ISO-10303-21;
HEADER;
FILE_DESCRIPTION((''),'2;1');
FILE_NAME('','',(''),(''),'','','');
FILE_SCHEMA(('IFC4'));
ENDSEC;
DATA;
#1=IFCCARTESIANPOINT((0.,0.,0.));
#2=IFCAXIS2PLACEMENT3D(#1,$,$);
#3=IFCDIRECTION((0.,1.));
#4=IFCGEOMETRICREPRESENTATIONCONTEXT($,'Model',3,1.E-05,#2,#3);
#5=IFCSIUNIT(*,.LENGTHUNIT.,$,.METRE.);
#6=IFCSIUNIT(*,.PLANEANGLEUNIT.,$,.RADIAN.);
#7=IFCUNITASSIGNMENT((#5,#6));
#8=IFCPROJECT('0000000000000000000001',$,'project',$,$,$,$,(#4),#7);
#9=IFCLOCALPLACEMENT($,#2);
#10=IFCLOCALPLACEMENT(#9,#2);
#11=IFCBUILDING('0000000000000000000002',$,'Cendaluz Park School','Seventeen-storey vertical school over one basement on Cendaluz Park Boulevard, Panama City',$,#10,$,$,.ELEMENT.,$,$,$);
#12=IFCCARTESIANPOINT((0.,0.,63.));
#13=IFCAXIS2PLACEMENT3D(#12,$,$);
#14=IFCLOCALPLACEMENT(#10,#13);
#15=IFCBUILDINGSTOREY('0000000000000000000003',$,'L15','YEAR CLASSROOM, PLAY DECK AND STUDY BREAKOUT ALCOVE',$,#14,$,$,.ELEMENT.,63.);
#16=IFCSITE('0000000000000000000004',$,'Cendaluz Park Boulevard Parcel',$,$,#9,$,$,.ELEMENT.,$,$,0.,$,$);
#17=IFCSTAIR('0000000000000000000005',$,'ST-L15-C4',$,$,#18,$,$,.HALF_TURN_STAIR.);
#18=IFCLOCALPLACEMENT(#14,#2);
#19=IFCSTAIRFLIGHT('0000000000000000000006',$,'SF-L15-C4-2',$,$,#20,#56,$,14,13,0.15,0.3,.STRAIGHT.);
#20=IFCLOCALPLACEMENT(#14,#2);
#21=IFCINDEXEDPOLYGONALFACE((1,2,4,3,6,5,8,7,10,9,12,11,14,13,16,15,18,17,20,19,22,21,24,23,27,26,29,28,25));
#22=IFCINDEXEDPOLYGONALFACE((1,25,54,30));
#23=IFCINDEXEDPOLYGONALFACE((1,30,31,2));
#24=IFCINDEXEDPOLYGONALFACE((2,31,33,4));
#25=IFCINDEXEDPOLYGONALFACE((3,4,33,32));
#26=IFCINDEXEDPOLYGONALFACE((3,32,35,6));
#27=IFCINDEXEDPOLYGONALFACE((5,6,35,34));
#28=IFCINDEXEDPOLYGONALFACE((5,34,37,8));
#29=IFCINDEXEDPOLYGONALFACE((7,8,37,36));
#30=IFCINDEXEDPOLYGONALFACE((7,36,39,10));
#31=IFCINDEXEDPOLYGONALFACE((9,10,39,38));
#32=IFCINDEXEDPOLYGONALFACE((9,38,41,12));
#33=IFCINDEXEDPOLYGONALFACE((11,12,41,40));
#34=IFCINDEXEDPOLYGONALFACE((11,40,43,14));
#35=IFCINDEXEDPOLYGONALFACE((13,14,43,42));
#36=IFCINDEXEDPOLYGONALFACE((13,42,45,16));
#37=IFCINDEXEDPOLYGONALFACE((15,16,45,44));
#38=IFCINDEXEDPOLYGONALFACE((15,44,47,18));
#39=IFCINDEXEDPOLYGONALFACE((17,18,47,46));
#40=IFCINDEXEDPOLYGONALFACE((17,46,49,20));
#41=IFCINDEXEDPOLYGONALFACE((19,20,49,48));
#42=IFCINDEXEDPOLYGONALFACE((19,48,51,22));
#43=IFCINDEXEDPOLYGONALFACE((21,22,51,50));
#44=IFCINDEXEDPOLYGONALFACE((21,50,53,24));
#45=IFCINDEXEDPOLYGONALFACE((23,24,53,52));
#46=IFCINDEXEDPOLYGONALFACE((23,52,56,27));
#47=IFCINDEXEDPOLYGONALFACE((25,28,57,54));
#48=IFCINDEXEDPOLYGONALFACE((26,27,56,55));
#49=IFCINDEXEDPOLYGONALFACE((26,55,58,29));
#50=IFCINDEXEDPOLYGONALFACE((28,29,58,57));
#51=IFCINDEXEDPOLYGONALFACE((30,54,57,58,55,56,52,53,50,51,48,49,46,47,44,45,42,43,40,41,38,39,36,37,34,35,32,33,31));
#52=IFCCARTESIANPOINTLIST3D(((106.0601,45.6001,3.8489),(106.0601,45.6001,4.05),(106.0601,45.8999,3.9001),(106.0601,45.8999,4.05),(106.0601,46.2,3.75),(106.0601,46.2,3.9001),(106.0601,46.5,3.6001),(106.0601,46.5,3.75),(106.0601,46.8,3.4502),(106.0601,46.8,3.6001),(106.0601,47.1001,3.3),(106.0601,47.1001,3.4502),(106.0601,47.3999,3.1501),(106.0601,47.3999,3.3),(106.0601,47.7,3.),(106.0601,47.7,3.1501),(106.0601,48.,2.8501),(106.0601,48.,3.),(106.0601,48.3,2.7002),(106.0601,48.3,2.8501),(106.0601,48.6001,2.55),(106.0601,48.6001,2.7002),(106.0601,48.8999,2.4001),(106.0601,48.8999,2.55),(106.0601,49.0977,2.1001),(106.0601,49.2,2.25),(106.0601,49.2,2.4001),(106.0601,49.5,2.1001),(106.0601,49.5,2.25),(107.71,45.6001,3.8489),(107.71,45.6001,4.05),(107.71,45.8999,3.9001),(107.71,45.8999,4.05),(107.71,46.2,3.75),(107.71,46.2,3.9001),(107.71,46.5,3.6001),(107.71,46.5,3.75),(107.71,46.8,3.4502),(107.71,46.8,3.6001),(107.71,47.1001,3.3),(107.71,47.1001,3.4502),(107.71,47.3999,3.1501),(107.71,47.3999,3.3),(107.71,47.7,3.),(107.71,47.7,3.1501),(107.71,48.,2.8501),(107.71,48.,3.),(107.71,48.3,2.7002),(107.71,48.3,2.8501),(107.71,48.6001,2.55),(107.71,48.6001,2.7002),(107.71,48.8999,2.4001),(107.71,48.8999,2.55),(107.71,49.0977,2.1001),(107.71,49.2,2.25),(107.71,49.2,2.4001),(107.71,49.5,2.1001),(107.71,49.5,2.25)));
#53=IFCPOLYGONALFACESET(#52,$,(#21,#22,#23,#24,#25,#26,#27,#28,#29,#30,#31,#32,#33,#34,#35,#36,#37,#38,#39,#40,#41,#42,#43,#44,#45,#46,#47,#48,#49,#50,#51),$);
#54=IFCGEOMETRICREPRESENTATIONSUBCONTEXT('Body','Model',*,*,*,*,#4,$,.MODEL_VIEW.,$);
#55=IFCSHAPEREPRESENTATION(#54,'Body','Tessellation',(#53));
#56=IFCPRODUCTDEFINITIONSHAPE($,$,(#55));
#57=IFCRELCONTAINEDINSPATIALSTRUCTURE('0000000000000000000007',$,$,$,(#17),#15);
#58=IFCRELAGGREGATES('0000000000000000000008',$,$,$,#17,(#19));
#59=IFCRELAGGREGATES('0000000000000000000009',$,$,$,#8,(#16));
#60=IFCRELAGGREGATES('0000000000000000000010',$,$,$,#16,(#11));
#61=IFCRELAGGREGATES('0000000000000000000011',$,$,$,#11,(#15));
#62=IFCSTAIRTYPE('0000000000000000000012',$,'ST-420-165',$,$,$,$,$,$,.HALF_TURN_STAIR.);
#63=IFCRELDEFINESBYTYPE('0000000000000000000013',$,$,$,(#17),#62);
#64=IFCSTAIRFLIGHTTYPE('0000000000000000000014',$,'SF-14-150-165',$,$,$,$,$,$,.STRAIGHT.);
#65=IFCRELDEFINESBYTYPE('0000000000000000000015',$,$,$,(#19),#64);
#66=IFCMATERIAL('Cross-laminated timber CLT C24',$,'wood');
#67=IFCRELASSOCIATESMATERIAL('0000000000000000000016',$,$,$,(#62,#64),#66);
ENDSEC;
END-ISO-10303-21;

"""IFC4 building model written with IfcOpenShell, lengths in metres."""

from ifc_helpers import new_model, si_unit, direction, frame, origin, place, context, subcontext, project, spatial, polyline, outline, extrude, material, type_object, element, aggregate, save


model = new_model("IFC4")

# Units and contexts
model_context = context("Model", 3, precision=1e-05, world=origin(), true_north=direction((0.0, 1.0)))
body_context = subcontext(model_context, "Body", "Model", "MODEL_VIEW")
ifc_project = project(units=[si_unit("LENGTHUNIT", "METRE"), si_unit("PLANEANGLEUNIT", "RADIAN")], contexts=[model_context])

# Site, building, storey
site_placement = place(None, origin())
site = spatial("IfcSite", under=ifc_project, at=site_placement, Name="Cendaluz Park Boulevard Parcel", CompositionType="ELEMENT", RefElevation=0.0)
building_placement = place(site_placement, origin())
building = spatial("IfcBuilding", under=site, at=building_placement, Name="Cendaluz Park School", Description="Seventeen-storey vertical school over one basement on Cendaluz Park Boulevard, Panama City", CompositionType="ELEMENT")
storey_placement = place(building_placement, frame((0.0, 0.0, 63.0)))
storey = spatial("IfcBuildingStorey", under=building, at=storey_placement, Name="L15", Description="YEAR CLASSROOM, PLAY DECK AND STUDY BREAKOUT ALCOVE", CompositionType="ELEMENT", Elevation=63.0)

# Stair, stair flight
ifc_material_1 = material(Name="Cross-laminated timber CLT C24", Category="wood")
stair_type = type_object("IfcStairType", Name="ST-420-165", PredefinedType="HALF_TURN_STAIR", material=ifc_material_1)
stair_placement = place(storey_placement, origin())
stair = element("IfcStair", 1, at=stair_placement, inside=storey, type_object=stair_type, Name="ST-L15-C4", PredefinedType="HALF_TURN_STAIR")
stair_flight_type = type_object("IfcStairFlightType", Name="SF-14-150-165", PredefinedType="STRAIGHT", material=ifc_material_1)
stair_flight_1_placement = place(storey_placement, frame((106.885, 49.5, 2.1001), z_axis=(0.0, 0.0, 1.0), x_axis=(0.0, -1.0, 0.0)))
stair_flight_1 = element("IfcStairFlight", 2, at=stair_flight_1_placement, type_object=stair_flight_type, Name="SF-L15-C4-2", NumberOfRisers=14, NumberOfTreads=13, PredefinedType="STRAIGHT", RiserHeight=0.15, TreadLength=0.3, context=body_context, shape_type="SweptSolid", body=[
    extrude(outline(polyline([(0.0, 0.0), (0.0, 0.1499), (0.3, 0.1499), (0.3, 0.3), (0.6001, 0.3), (0.6001, 0.45), (0.8999, 0.45), (0.8999, 0.6001), (1.2, 0.6001), (1.2, 0.75), (1.5, 0.75), (1.5, 0.8999), (1.8, 0.8999), (1.8, 1.05), (2.1001, 1.05), (2.1001, 1.2), (2.3999, 1.2), (2.3999, 1.3501), (2.7, 1.3501), (2.7, 1.5), (3.0, 1.5), (3.0, 1.6499), (3.3, 1.6499), (3.3, 1.8), (3.6001, 1.8), (3.6001, 1.95), (3.8999, 1.95), (3.8999, 2.1001), (3.8999, 1.7488), (0.4023, 0.0), (0.0, 0.0)])), frame((0.0, 0.825, 0.0), z_axis=(0.0, -1.0, 0.0), x_axis=(1.0, 0.0, 0.0)), (0.0, 0.0, 1.0), 1.6499),
])
aggregate(stair, [stair_flight_1])

save(model, "model.ifc")
